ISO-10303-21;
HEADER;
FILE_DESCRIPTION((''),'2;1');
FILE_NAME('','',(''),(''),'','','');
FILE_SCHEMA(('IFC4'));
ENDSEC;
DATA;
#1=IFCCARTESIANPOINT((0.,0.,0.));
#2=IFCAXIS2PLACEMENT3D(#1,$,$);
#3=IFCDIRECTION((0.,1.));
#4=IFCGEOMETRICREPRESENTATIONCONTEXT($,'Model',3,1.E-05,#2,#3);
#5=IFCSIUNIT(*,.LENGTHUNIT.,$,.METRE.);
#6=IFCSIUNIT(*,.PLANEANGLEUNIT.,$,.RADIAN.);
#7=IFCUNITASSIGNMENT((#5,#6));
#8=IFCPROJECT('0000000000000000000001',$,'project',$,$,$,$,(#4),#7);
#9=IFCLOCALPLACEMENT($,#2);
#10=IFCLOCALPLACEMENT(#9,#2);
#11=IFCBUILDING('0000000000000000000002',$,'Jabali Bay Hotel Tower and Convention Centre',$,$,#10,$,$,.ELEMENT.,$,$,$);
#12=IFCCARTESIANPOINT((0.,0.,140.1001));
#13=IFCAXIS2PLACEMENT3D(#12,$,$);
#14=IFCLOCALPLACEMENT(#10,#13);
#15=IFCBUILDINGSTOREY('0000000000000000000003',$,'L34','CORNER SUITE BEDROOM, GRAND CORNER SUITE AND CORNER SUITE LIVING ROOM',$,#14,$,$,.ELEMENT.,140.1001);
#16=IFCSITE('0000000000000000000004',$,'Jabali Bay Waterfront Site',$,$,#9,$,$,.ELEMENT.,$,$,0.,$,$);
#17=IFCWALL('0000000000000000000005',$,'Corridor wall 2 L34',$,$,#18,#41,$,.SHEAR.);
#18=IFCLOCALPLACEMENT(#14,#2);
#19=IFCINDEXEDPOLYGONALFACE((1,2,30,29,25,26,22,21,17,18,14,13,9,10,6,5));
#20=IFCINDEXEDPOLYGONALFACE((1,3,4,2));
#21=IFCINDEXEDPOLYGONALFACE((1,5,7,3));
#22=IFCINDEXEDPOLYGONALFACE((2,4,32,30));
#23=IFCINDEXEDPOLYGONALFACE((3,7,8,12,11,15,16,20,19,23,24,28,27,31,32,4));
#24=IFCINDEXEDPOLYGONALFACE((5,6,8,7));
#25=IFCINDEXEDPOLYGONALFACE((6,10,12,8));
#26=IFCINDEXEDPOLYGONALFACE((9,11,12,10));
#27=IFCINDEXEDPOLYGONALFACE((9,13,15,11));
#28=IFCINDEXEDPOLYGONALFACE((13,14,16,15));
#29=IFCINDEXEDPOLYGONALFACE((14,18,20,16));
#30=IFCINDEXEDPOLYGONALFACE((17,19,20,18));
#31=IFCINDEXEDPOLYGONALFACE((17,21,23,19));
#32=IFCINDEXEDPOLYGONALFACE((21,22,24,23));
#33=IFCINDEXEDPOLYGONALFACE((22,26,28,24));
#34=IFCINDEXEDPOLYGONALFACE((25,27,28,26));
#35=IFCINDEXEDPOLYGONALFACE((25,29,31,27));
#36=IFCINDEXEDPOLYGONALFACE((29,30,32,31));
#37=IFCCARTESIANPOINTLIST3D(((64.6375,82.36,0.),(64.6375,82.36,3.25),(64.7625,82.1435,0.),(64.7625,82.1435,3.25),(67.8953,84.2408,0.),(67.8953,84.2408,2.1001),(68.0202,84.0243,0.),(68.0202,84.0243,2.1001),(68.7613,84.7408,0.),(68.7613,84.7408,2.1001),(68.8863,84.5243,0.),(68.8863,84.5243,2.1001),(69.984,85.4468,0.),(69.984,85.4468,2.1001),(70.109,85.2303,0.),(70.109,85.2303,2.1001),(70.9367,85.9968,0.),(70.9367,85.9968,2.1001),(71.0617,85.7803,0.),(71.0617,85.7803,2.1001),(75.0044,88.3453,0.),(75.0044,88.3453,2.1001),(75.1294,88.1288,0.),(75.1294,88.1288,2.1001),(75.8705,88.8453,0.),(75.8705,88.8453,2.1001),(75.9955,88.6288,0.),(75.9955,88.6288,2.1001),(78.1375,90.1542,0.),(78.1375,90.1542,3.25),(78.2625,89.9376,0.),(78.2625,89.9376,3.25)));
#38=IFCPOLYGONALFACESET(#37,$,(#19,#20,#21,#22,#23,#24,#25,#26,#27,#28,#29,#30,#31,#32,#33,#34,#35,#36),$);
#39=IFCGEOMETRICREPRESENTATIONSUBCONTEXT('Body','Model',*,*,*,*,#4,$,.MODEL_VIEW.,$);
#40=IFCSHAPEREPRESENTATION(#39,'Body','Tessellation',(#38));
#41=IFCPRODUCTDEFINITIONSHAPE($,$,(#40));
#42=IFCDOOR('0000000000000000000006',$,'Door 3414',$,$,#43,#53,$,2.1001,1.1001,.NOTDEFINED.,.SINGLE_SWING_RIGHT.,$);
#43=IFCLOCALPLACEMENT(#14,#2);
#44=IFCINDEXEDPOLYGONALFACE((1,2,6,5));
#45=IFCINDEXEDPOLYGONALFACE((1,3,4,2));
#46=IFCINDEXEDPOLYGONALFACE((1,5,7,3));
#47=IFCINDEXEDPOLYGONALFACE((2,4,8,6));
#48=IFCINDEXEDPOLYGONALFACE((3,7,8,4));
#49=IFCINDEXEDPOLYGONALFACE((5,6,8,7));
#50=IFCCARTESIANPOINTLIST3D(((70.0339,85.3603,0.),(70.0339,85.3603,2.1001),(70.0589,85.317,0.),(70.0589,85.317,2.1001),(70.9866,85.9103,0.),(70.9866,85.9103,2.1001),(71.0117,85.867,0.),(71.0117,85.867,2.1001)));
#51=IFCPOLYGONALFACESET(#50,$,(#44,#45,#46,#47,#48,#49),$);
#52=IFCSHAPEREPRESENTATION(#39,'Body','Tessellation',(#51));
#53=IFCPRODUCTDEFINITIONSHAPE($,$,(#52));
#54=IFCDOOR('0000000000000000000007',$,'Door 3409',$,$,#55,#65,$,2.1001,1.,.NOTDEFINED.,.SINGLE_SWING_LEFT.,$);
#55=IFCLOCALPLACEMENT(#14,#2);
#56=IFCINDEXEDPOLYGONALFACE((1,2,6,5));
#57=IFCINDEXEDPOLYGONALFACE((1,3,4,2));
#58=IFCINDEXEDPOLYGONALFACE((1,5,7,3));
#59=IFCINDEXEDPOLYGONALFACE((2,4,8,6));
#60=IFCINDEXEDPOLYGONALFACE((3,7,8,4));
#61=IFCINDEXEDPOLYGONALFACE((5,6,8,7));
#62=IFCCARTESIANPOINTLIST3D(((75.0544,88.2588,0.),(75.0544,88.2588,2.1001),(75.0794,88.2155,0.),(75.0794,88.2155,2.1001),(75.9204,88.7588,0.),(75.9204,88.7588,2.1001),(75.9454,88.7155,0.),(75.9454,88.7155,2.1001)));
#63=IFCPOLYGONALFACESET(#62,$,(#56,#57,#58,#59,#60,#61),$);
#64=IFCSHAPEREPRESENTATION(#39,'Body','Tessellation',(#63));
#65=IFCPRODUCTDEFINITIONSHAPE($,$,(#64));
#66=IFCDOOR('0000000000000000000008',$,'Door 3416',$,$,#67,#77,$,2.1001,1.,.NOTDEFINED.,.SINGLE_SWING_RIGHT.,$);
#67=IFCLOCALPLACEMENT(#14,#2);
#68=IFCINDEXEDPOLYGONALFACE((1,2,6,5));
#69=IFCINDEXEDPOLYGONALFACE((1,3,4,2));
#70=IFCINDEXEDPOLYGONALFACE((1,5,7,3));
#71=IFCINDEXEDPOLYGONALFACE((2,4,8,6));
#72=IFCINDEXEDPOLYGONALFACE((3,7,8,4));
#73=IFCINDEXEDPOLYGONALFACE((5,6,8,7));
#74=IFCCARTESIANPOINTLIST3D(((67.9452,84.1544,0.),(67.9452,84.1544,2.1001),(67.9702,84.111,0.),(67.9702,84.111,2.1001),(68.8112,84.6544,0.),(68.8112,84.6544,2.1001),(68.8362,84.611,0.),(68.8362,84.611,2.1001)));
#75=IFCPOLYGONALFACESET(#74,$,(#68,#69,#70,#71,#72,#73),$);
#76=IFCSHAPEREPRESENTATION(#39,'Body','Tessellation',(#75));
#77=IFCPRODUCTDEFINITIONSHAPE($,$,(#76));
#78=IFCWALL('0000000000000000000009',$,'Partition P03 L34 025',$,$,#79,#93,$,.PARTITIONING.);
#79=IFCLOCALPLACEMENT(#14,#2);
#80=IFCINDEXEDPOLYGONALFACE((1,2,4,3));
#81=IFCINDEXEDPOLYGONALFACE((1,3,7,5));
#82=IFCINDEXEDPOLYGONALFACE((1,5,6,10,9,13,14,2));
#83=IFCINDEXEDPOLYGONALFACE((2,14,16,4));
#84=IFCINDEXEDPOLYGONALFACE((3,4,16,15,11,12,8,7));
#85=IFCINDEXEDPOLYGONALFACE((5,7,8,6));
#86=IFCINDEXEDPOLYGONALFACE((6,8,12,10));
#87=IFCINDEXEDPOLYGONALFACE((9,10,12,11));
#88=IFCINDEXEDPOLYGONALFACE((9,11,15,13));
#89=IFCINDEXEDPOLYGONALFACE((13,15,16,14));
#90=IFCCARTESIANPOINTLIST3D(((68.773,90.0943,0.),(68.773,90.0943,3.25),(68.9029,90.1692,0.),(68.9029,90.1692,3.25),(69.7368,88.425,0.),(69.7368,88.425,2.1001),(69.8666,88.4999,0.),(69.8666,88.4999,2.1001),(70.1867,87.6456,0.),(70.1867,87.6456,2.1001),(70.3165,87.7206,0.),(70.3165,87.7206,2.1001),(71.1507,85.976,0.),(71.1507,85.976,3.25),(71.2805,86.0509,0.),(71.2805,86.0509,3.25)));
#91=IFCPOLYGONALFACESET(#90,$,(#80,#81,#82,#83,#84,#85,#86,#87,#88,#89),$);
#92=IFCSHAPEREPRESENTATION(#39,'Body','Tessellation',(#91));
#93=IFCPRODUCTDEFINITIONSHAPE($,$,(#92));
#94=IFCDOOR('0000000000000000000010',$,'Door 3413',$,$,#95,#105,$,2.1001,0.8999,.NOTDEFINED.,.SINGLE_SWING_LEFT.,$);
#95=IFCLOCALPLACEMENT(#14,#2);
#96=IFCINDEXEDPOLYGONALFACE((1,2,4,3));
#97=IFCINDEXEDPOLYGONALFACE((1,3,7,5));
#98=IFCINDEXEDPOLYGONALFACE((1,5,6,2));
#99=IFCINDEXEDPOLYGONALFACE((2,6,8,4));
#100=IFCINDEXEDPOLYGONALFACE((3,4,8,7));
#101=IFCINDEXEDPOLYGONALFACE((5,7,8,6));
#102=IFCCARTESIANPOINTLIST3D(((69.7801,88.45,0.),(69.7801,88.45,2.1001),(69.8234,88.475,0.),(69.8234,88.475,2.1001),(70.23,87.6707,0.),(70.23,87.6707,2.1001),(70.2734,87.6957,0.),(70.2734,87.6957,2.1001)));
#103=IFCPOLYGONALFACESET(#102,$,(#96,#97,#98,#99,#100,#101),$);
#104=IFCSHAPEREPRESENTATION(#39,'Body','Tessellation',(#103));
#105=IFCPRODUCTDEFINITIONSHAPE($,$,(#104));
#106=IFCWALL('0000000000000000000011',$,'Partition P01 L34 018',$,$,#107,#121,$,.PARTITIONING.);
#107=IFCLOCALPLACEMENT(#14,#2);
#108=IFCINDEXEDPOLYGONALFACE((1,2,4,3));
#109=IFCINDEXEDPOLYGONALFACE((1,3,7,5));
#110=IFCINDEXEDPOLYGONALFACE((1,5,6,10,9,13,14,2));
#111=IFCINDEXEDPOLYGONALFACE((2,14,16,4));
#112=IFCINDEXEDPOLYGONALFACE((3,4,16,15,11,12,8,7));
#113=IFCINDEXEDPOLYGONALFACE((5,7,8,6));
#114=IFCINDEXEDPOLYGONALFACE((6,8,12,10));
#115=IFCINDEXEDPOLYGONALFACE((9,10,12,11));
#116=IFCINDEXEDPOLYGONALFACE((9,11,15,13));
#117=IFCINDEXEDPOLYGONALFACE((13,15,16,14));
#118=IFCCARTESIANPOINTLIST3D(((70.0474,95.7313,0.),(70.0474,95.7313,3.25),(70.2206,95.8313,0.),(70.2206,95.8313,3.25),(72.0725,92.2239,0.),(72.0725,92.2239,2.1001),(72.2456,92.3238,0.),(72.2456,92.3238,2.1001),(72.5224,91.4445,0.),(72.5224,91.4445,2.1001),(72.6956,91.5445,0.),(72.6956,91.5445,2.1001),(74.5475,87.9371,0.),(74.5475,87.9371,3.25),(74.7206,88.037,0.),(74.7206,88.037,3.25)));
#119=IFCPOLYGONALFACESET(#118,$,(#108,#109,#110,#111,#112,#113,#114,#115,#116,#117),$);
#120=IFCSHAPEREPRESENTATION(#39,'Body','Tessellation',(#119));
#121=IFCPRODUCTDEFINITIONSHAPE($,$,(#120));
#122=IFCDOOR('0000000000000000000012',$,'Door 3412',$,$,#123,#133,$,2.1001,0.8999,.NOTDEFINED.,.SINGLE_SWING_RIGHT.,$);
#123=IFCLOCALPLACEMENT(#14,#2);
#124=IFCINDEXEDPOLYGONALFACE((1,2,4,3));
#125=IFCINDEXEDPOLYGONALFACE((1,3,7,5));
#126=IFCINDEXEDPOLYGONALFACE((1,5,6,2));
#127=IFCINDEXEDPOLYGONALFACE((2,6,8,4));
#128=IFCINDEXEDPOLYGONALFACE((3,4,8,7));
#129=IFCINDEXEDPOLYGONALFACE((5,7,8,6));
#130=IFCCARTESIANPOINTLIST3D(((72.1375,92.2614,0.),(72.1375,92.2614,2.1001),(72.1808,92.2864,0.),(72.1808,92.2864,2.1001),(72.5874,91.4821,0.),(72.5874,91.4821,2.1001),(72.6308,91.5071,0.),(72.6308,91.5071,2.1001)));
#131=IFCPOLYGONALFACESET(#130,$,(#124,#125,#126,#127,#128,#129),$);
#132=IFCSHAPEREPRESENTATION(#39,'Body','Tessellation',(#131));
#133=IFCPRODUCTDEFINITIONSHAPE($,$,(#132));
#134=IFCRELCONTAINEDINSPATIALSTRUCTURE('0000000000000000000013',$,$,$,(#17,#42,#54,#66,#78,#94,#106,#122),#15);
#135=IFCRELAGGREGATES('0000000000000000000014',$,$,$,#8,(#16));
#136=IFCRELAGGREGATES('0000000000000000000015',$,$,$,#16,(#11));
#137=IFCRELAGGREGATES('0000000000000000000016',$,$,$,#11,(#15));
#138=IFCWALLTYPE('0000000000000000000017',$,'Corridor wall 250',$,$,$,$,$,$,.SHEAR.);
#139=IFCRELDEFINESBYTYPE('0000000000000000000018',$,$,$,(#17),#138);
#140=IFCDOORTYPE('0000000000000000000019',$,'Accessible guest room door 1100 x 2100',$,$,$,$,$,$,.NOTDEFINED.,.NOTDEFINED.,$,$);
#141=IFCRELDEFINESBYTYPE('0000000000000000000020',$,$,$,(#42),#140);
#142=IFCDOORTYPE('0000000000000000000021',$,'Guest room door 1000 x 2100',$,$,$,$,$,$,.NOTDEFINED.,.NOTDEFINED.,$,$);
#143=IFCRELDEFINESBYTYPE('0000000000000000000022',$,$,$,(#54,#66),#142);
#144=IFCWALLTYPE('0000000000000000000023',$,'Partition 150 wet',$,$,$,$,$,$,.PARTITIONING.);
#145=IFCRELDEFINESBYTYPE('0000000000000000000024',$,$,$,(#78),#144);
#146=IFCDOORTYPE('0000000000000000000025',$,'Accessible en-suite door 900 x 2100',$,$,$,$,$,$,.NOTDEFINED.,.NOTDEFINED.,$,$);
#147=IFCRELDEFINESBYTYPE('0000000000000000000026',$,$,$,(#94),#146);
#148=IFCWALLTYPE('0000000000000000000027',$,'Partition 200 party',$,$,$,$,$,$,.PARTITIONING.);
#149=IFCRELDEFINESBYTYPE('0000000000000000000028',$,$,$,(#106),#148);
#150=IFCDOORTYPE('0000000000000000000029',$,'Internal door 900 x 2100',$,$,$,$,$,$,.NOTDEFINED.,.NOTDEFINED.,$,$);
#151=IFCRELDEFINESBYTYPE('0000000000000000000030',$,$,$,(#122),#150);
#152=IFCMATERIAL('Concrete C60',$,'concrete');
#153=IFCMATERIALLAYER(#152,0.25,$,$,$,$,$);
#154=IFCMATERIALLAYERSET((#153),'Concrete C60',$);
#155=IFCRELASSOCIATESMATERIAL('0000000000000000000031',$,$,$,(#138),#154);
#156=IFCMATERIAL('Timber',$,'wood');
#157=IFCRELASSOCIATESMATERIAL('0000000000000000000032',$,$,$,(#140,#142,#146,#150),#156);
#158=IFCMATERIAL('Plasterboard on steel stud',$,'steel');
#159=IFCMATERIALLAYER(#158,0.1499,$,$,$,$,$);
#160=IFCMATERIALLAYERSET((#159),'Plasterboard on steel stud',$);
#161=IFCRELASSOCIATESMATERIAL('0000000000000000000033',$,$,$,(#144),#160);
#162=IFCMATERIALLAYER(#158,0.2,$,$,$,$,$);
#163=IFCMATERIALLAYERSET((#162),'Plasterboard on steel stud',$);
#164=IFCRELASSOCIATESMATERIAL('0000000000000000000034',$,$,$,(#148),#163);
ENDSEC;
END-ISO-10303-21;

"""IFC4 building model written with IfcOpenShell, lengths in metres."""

from ifc_helpers import new_model, si_unit, direction, frame, frame_2d, origin, place, context, subcontext, project, spatial, rectangle, extrude, material, layer, layer_set, type_object, element, fill, save


model = new_model("IFC4")

# Units and contexts
model_context = context("Model", 3, precision=1e-05, world=origin(), true_north=direction((0.0, 1.0)))
body_context = subcontext(model_context, "Body", "Model", "MODEL_VIEW")
ifc_project = project(units=[si_unit("LENGTHUNIT", "METRE"), si_unit("PLANEANGLEUNIT", "RADIAN")], contexts=[model_context])

# Site, building, storey
site_placement = place(None, origin())
site = spatial("IfcSite", under=ifc_project, at=site_placement, Name="Jabali Bay Waterfront Site", CompositionType="ELEMENT", RefElevation=0.0)
building_placement = place(site_placement, origin())
building = spatial("IfcBuilding", under=site, at=building_placement, Name="Jabali Bay Hotel Tower and Convention Centre", CompositionType="ELEMENT")
storey_placement = place(building_placement, frame((0.0, 0.0, 140.1001)))
storey = spatial("IfcBuildingStorey", under=building, at=storey_placement, Name="L34", Description="CORNER SUITE BEDROOM, GRAND CORNER SUITE AND CORNER SUITE LIVING ROOM", CompositionType="ELEMENT", Elevation=140.1001)

# Shared definitions
ifc_material_1 = material(Name="Concrete C60", Category="concrete")

# Wall, openings, doors
ifc_layer_1 = layer(ifc_material_1, 0.25)
ifc_layer_set_1 = layer_set([ifc_layer_1], Name="Concrete C60")
wall_type_1 = type_object("IfcWallType", Name="Corridor wall 250", PredefinedType="SHEAR", material=ifc_layer_set_1)
wall_1_placement = place(storey_placement, frame((78.2, 90.0459, 0.0), z_axis=(0.0, 0.0, 1.0), x_axis=(-0.866026, -0.499998, 0.0)))
wall_1 = element("IfcWall", 1, at=wall_1_placement, inside=storey, type_object=wall_type_1, Name="Corridor wall 2 L34", PredefinedType="SHEAR", context=body_context, shape_type="SweptSolid", body=[
    extrude(rectangle(XDim=15.5884, YDim=0.25, at=frame_2d((7.7942, 0.0))), origin(), (0.0, 0.0, 1.0), 3.25),
])
opening_1_placement = place(wall_1_placement, frame((2.6177, 0.0, 0.0)))
opening_1 = element("IfcOpeningElement", 2, at=opening_1_placement, cuts=wall_1, PredefinedType="OPENING", context=body_context, shape_type="SweptSolid", body=[
    extrude(rectangle(XDim=1.0, YDim=2.1001, at=frame_2d((0.5, 1.05))), frame((0.0, 0.1355, 0.0), z_axis=(0.0, -1.0, 0.0), x_axis=(1.0, 0.0, 0.0)), (0.0, 0.0, 1.0), 0.271),
])
opening_2_placement = place(wall_1_placement, frame((8.3147, 0.0, 0.0)))
opening_2 = element("IfcOpeningElement", 3, at=opening_2_placement, cuts=wall_1, PredefinedType="OPENING", context=body_context, shape_type="SweptSolid", body=[
    extrude(rectangle(XDim=1.1001, YDim=2.1001, at=frame_2d((0.55, 1.05))), frame((0.0, 0.1355, 0.0), z_axis=(0.0, -1.0, 0.0), x_axis=(1.0, 0.0, 0.0)), (0.0, 0.0, 1.0), 0.271),
])
opening_3_placement = place(wall_1_placement, frame((10.8267, 0.0, 0.0)))
opening_3 = element("IfcOpeningElement", 4, at=opening_3_placement, cuts=wall_1, PredefinedType="OPENING", context=body_context, shape_type="SweptSolid", body=[
    extrude(rectangle(XDim=1.0, YDim=2.1001, at=frame_2d((0.5, 1.05))), frame((0.0, 0.1355, 0.0), z_axis=(0.0, -1.0, 0.0), x_axis=(1.0, 0.0, 0.0)), (0.0, 0.0, 1.0), 0.271),
])
ifc_material_2 = material(Name="Timber", Category="wood")
door_type_1 = type_object("IfcDoorType", Name="Accessible guest room door 1100 x 2100", OperationType="NOTDEFINED", PredefinedType="NOTDEFINED", material=ifc_material_2)
door_1_placement = place(opening_2_placement, origin())
door_1 = element("IfcDoor", 5, at=door_1_placement, inside=storey, type_object=door_type_1, Name="Door 3414", OperationType="SINGLE_SWING_RIGHT", OverallHeight=2.1001, OverallWidth=1.1001, PredefinedType="NOTDEFINED", context=body_context, shape_type="SweptSolid", body=[
    extrude(rectangle(XDim=1.1001, YDim=2.1001, at=frame_2d((0.55, 1.05))), frame((0.0, 0.0249, 0.0), z_axis=(0.0, -1.0, 0.0), x_axis=(1.0, 0.0, 0.0)), (0.0, 0.0, 1.0), 0.05),
])
fill(opening_2, door_1)
door_type_2 = type_object("IfcDoorType", Name="Guest room door 1000 x 2100", OperationType="NOTDEFINED", PredefinedType="NOTDEFINED", material=ifc_material_2)
door_2_placement = place(opening_1_placement, origin())
door_2 = element("IfcDoor", 6, at=door_2_placement, inside=storey, type_object=door_type_2, Name="Door 3409", OperationType="SINGLE_SWING_LEFT", OverallHeight=2.1001, OverallWidth=1.0, PredefinedType="NOTDEFINED", context=body_context, shape_type="SweptSolid", body=[
    extrude(rectangle(XDim=1.0, YDim=2.1001, at=frame_2d((0.5, 1.05))), frame((0.0, 0.0249, 0.0), z_axis=(0.0, -1.0, 0.0), x_axis=(1.0, 0.0, 0.0)), (0.0, 0.0, 1.0), 0.05),
])
fill(opening_1, door_2)
door_3_placement = place(opening_3_placement, origin())
door_3 = element("IfcDoor", 7, at=door_3_placement, inside=storey, type_object=door_type_2, Name="Door 3416", OperationType="SINGLE_SWING_RIGHT", OverallHeight=2.1001, OverallWidth=1.0, PredefinedType="NOTDEFINED", context=body_context, shape_type="SweptSolid", body=[
    extrude(rectangle(XDim=1.0, YDim=2.1001, at=frame_2d((0.5, 1.05))), frame((0.0, 0.0249, 0.0), z_axis=(0.0, -1.0, 0.0), x_axis=(1.0, 0.0, 0.0)), (0.0, 0.0, 1.0), 0.05),
])
fill(opening_3, door_3)

# Walls, openings, doors
ifc_material_3 = material(Name="Plasterboard on steel stud", Category="steel")
ifc_layer_2 = layer(ifc_material_3, 0.1499)
ifc_layer_set_2 = layer_set([ifc_layer_2], Name="Plasterboard on steel stud")
wall_type_2 = type_object("IfcWallType", Name="Partition 150 wet", PredefinedType="PARTITIONING", material=ifc_layer_set_2)
wall_2_placement = place(storey_placement, frame((71.2156, 86.0134, 0.0), z_axis=(0.0, 0.0, 1.0), x_axis=(-0.499988, 0.866033, 0.0)))
wall_2 = element("IfcWall", 8, at=wall_2_placement, inside=storey, type_object=wall_type_2, Name="Partition P03 L34 025", PredefinedType="PARTITIONING", context=body_context, shape_type="SweptSolid", body=[
    extrude(rectangle(XDim=4.7554, YDim=0.1499, at=frame_2d((2.3777, 0.0))), origin(), (0.0, 0.0, 1.0), 3.25),
])
opening_4_placement = place(wall_2_placement, frame((1.928, 0.0, 0.0)))
opening_4 = element("IfcOpeningElement", 9, at=opening_4_placement, cuts=wall_2, PredefinedType="OPENING", context=body_context, shape_type="SweptSolid", body=[
    extrude(rectangle(XDim=0.8999, YDim=2.1001, at=frame_2d((0.45, 1.05))), frame((0.0, 0.0854, 0.0), z_axis=(0.0, -1.0, 0.0), x_axis=(1.0, 0.0, 0.0)), (0.0, 0.0, 1.0), 0.1709),
])
door_type_3 = type_object("IfcDoorType", Name="Accessible en-suite door 900 x 2100", OperationType="NOTDEFINED", PredefinedType="NOTDEFINED", material=ifc_material_2)
door_4_placement = place(opening_4_placement, origin())
door_4 = element("IfcDoor", 10, at=door_4_placement, inside=storey, type_object=door_type_3, Name="Door 3413", OperationType="SINGLE_SWING_LEFT", OverallHeight=2.1001, OverallWidth=0.8999, PredefinedType="NOTDEFINED", context=body_context, shape_type="SweptSolid", body=[
    extrude(rectangle(XDim=0.8999, YDim=2.1001, at=frame_2d((0.45, 1.05))), frame((0.0, 0.0249, 0.0), z_axis=(0.0, -1.0, 0.0), x_axis=(1.0, 0.0, 0.0)), (0.0, 0.0, 1.0), 0.05),
])
fill(opening_4, door_4)
ifc_layer_3 = layer(ifc_material_3, 0.2)
ifc_layer_set_3 = layer_set([ifc_layer_3], Name="Plasterboard on steel stud")
wall_type_3 = type_object("IfcWallType", Name="Partition 200 party", PredefinedType="PARTITIONING", material=ifc_layer_set_3)
wall_3_placement = place(storey_placement, frame((74.634, 87.9871, 0.0), z_axis=(0.0, 0.0, 1.0), x_axis=(-0.500002, 0.866024, 0.0)))
wall_3 = element("IfcWall", 11, at=wall_3_placement, inside=storey, type_object=wall_type_3, Name="Partition P01 L34 018", PredefinedType="PARTITIONING", context=body_context, shape_type="SweptSolid", body=[
    extrude(rectangle(XDim=9.0, YDim=0.2, at=frame_2d((4.5, 0.0))), origin(), (0.0, 0.0, 1.0), 3.25),
])
opening_5_placement = place(wall_3_placement, frame((4.05, 0.0, 0.0)))
opening_5 = element("IfcOpeningElement", 12, at=opening_5_placement, cuts=wall_3, PredefinedType="OPENING", context=body_context, shape_type="SweptSolid", body=[
    extrude(rectangle(XDim=0.8999, YDim=2.1001, at=frame_2d((0.45, 1.05))), frame((0.0, 0.1104, 0.0), z_axis=(0.0, -1.0, 0.0), x_axis=(1.0, 0.0, 0.0)), (0.0, 0.0, 1.0), 0.2209),
])
door_type_4 = type_object("IfcDoorType", Name="Internal door 900 x 2100", OperationType="NOTDEFINED", PredefinedType="NOTDEFINED", material=ifc_material_2)
door_5_placement = place(opening_5_placement, origin())
door_5 = element("IfcDoor", 13, at=door_5_placement, inside=storey, type_object=door_type_4, Name="Door 3412", OperationType="SINGLE_SWING_RIGHT", OverallHeight=2.1001, OverallWidth=0.8999, PredefinedType="NOTDEFINED", context=body_context, shape_type="SweptSolid", body=[
    extrude(rectangle(XDim=0.8999, YDim=2.1001, at=frame_2d((0.45, 1.05))), frame((0.0, 0.0249, 0.0), z_axis=(0.0, -1.0, 0.0), x_axis=(1.0, 0.0, 0.0)), (0.0, 0.0, 1.0), 0.05),
])
fill(opening_5, door_5)

save(model, "model.ifc")
